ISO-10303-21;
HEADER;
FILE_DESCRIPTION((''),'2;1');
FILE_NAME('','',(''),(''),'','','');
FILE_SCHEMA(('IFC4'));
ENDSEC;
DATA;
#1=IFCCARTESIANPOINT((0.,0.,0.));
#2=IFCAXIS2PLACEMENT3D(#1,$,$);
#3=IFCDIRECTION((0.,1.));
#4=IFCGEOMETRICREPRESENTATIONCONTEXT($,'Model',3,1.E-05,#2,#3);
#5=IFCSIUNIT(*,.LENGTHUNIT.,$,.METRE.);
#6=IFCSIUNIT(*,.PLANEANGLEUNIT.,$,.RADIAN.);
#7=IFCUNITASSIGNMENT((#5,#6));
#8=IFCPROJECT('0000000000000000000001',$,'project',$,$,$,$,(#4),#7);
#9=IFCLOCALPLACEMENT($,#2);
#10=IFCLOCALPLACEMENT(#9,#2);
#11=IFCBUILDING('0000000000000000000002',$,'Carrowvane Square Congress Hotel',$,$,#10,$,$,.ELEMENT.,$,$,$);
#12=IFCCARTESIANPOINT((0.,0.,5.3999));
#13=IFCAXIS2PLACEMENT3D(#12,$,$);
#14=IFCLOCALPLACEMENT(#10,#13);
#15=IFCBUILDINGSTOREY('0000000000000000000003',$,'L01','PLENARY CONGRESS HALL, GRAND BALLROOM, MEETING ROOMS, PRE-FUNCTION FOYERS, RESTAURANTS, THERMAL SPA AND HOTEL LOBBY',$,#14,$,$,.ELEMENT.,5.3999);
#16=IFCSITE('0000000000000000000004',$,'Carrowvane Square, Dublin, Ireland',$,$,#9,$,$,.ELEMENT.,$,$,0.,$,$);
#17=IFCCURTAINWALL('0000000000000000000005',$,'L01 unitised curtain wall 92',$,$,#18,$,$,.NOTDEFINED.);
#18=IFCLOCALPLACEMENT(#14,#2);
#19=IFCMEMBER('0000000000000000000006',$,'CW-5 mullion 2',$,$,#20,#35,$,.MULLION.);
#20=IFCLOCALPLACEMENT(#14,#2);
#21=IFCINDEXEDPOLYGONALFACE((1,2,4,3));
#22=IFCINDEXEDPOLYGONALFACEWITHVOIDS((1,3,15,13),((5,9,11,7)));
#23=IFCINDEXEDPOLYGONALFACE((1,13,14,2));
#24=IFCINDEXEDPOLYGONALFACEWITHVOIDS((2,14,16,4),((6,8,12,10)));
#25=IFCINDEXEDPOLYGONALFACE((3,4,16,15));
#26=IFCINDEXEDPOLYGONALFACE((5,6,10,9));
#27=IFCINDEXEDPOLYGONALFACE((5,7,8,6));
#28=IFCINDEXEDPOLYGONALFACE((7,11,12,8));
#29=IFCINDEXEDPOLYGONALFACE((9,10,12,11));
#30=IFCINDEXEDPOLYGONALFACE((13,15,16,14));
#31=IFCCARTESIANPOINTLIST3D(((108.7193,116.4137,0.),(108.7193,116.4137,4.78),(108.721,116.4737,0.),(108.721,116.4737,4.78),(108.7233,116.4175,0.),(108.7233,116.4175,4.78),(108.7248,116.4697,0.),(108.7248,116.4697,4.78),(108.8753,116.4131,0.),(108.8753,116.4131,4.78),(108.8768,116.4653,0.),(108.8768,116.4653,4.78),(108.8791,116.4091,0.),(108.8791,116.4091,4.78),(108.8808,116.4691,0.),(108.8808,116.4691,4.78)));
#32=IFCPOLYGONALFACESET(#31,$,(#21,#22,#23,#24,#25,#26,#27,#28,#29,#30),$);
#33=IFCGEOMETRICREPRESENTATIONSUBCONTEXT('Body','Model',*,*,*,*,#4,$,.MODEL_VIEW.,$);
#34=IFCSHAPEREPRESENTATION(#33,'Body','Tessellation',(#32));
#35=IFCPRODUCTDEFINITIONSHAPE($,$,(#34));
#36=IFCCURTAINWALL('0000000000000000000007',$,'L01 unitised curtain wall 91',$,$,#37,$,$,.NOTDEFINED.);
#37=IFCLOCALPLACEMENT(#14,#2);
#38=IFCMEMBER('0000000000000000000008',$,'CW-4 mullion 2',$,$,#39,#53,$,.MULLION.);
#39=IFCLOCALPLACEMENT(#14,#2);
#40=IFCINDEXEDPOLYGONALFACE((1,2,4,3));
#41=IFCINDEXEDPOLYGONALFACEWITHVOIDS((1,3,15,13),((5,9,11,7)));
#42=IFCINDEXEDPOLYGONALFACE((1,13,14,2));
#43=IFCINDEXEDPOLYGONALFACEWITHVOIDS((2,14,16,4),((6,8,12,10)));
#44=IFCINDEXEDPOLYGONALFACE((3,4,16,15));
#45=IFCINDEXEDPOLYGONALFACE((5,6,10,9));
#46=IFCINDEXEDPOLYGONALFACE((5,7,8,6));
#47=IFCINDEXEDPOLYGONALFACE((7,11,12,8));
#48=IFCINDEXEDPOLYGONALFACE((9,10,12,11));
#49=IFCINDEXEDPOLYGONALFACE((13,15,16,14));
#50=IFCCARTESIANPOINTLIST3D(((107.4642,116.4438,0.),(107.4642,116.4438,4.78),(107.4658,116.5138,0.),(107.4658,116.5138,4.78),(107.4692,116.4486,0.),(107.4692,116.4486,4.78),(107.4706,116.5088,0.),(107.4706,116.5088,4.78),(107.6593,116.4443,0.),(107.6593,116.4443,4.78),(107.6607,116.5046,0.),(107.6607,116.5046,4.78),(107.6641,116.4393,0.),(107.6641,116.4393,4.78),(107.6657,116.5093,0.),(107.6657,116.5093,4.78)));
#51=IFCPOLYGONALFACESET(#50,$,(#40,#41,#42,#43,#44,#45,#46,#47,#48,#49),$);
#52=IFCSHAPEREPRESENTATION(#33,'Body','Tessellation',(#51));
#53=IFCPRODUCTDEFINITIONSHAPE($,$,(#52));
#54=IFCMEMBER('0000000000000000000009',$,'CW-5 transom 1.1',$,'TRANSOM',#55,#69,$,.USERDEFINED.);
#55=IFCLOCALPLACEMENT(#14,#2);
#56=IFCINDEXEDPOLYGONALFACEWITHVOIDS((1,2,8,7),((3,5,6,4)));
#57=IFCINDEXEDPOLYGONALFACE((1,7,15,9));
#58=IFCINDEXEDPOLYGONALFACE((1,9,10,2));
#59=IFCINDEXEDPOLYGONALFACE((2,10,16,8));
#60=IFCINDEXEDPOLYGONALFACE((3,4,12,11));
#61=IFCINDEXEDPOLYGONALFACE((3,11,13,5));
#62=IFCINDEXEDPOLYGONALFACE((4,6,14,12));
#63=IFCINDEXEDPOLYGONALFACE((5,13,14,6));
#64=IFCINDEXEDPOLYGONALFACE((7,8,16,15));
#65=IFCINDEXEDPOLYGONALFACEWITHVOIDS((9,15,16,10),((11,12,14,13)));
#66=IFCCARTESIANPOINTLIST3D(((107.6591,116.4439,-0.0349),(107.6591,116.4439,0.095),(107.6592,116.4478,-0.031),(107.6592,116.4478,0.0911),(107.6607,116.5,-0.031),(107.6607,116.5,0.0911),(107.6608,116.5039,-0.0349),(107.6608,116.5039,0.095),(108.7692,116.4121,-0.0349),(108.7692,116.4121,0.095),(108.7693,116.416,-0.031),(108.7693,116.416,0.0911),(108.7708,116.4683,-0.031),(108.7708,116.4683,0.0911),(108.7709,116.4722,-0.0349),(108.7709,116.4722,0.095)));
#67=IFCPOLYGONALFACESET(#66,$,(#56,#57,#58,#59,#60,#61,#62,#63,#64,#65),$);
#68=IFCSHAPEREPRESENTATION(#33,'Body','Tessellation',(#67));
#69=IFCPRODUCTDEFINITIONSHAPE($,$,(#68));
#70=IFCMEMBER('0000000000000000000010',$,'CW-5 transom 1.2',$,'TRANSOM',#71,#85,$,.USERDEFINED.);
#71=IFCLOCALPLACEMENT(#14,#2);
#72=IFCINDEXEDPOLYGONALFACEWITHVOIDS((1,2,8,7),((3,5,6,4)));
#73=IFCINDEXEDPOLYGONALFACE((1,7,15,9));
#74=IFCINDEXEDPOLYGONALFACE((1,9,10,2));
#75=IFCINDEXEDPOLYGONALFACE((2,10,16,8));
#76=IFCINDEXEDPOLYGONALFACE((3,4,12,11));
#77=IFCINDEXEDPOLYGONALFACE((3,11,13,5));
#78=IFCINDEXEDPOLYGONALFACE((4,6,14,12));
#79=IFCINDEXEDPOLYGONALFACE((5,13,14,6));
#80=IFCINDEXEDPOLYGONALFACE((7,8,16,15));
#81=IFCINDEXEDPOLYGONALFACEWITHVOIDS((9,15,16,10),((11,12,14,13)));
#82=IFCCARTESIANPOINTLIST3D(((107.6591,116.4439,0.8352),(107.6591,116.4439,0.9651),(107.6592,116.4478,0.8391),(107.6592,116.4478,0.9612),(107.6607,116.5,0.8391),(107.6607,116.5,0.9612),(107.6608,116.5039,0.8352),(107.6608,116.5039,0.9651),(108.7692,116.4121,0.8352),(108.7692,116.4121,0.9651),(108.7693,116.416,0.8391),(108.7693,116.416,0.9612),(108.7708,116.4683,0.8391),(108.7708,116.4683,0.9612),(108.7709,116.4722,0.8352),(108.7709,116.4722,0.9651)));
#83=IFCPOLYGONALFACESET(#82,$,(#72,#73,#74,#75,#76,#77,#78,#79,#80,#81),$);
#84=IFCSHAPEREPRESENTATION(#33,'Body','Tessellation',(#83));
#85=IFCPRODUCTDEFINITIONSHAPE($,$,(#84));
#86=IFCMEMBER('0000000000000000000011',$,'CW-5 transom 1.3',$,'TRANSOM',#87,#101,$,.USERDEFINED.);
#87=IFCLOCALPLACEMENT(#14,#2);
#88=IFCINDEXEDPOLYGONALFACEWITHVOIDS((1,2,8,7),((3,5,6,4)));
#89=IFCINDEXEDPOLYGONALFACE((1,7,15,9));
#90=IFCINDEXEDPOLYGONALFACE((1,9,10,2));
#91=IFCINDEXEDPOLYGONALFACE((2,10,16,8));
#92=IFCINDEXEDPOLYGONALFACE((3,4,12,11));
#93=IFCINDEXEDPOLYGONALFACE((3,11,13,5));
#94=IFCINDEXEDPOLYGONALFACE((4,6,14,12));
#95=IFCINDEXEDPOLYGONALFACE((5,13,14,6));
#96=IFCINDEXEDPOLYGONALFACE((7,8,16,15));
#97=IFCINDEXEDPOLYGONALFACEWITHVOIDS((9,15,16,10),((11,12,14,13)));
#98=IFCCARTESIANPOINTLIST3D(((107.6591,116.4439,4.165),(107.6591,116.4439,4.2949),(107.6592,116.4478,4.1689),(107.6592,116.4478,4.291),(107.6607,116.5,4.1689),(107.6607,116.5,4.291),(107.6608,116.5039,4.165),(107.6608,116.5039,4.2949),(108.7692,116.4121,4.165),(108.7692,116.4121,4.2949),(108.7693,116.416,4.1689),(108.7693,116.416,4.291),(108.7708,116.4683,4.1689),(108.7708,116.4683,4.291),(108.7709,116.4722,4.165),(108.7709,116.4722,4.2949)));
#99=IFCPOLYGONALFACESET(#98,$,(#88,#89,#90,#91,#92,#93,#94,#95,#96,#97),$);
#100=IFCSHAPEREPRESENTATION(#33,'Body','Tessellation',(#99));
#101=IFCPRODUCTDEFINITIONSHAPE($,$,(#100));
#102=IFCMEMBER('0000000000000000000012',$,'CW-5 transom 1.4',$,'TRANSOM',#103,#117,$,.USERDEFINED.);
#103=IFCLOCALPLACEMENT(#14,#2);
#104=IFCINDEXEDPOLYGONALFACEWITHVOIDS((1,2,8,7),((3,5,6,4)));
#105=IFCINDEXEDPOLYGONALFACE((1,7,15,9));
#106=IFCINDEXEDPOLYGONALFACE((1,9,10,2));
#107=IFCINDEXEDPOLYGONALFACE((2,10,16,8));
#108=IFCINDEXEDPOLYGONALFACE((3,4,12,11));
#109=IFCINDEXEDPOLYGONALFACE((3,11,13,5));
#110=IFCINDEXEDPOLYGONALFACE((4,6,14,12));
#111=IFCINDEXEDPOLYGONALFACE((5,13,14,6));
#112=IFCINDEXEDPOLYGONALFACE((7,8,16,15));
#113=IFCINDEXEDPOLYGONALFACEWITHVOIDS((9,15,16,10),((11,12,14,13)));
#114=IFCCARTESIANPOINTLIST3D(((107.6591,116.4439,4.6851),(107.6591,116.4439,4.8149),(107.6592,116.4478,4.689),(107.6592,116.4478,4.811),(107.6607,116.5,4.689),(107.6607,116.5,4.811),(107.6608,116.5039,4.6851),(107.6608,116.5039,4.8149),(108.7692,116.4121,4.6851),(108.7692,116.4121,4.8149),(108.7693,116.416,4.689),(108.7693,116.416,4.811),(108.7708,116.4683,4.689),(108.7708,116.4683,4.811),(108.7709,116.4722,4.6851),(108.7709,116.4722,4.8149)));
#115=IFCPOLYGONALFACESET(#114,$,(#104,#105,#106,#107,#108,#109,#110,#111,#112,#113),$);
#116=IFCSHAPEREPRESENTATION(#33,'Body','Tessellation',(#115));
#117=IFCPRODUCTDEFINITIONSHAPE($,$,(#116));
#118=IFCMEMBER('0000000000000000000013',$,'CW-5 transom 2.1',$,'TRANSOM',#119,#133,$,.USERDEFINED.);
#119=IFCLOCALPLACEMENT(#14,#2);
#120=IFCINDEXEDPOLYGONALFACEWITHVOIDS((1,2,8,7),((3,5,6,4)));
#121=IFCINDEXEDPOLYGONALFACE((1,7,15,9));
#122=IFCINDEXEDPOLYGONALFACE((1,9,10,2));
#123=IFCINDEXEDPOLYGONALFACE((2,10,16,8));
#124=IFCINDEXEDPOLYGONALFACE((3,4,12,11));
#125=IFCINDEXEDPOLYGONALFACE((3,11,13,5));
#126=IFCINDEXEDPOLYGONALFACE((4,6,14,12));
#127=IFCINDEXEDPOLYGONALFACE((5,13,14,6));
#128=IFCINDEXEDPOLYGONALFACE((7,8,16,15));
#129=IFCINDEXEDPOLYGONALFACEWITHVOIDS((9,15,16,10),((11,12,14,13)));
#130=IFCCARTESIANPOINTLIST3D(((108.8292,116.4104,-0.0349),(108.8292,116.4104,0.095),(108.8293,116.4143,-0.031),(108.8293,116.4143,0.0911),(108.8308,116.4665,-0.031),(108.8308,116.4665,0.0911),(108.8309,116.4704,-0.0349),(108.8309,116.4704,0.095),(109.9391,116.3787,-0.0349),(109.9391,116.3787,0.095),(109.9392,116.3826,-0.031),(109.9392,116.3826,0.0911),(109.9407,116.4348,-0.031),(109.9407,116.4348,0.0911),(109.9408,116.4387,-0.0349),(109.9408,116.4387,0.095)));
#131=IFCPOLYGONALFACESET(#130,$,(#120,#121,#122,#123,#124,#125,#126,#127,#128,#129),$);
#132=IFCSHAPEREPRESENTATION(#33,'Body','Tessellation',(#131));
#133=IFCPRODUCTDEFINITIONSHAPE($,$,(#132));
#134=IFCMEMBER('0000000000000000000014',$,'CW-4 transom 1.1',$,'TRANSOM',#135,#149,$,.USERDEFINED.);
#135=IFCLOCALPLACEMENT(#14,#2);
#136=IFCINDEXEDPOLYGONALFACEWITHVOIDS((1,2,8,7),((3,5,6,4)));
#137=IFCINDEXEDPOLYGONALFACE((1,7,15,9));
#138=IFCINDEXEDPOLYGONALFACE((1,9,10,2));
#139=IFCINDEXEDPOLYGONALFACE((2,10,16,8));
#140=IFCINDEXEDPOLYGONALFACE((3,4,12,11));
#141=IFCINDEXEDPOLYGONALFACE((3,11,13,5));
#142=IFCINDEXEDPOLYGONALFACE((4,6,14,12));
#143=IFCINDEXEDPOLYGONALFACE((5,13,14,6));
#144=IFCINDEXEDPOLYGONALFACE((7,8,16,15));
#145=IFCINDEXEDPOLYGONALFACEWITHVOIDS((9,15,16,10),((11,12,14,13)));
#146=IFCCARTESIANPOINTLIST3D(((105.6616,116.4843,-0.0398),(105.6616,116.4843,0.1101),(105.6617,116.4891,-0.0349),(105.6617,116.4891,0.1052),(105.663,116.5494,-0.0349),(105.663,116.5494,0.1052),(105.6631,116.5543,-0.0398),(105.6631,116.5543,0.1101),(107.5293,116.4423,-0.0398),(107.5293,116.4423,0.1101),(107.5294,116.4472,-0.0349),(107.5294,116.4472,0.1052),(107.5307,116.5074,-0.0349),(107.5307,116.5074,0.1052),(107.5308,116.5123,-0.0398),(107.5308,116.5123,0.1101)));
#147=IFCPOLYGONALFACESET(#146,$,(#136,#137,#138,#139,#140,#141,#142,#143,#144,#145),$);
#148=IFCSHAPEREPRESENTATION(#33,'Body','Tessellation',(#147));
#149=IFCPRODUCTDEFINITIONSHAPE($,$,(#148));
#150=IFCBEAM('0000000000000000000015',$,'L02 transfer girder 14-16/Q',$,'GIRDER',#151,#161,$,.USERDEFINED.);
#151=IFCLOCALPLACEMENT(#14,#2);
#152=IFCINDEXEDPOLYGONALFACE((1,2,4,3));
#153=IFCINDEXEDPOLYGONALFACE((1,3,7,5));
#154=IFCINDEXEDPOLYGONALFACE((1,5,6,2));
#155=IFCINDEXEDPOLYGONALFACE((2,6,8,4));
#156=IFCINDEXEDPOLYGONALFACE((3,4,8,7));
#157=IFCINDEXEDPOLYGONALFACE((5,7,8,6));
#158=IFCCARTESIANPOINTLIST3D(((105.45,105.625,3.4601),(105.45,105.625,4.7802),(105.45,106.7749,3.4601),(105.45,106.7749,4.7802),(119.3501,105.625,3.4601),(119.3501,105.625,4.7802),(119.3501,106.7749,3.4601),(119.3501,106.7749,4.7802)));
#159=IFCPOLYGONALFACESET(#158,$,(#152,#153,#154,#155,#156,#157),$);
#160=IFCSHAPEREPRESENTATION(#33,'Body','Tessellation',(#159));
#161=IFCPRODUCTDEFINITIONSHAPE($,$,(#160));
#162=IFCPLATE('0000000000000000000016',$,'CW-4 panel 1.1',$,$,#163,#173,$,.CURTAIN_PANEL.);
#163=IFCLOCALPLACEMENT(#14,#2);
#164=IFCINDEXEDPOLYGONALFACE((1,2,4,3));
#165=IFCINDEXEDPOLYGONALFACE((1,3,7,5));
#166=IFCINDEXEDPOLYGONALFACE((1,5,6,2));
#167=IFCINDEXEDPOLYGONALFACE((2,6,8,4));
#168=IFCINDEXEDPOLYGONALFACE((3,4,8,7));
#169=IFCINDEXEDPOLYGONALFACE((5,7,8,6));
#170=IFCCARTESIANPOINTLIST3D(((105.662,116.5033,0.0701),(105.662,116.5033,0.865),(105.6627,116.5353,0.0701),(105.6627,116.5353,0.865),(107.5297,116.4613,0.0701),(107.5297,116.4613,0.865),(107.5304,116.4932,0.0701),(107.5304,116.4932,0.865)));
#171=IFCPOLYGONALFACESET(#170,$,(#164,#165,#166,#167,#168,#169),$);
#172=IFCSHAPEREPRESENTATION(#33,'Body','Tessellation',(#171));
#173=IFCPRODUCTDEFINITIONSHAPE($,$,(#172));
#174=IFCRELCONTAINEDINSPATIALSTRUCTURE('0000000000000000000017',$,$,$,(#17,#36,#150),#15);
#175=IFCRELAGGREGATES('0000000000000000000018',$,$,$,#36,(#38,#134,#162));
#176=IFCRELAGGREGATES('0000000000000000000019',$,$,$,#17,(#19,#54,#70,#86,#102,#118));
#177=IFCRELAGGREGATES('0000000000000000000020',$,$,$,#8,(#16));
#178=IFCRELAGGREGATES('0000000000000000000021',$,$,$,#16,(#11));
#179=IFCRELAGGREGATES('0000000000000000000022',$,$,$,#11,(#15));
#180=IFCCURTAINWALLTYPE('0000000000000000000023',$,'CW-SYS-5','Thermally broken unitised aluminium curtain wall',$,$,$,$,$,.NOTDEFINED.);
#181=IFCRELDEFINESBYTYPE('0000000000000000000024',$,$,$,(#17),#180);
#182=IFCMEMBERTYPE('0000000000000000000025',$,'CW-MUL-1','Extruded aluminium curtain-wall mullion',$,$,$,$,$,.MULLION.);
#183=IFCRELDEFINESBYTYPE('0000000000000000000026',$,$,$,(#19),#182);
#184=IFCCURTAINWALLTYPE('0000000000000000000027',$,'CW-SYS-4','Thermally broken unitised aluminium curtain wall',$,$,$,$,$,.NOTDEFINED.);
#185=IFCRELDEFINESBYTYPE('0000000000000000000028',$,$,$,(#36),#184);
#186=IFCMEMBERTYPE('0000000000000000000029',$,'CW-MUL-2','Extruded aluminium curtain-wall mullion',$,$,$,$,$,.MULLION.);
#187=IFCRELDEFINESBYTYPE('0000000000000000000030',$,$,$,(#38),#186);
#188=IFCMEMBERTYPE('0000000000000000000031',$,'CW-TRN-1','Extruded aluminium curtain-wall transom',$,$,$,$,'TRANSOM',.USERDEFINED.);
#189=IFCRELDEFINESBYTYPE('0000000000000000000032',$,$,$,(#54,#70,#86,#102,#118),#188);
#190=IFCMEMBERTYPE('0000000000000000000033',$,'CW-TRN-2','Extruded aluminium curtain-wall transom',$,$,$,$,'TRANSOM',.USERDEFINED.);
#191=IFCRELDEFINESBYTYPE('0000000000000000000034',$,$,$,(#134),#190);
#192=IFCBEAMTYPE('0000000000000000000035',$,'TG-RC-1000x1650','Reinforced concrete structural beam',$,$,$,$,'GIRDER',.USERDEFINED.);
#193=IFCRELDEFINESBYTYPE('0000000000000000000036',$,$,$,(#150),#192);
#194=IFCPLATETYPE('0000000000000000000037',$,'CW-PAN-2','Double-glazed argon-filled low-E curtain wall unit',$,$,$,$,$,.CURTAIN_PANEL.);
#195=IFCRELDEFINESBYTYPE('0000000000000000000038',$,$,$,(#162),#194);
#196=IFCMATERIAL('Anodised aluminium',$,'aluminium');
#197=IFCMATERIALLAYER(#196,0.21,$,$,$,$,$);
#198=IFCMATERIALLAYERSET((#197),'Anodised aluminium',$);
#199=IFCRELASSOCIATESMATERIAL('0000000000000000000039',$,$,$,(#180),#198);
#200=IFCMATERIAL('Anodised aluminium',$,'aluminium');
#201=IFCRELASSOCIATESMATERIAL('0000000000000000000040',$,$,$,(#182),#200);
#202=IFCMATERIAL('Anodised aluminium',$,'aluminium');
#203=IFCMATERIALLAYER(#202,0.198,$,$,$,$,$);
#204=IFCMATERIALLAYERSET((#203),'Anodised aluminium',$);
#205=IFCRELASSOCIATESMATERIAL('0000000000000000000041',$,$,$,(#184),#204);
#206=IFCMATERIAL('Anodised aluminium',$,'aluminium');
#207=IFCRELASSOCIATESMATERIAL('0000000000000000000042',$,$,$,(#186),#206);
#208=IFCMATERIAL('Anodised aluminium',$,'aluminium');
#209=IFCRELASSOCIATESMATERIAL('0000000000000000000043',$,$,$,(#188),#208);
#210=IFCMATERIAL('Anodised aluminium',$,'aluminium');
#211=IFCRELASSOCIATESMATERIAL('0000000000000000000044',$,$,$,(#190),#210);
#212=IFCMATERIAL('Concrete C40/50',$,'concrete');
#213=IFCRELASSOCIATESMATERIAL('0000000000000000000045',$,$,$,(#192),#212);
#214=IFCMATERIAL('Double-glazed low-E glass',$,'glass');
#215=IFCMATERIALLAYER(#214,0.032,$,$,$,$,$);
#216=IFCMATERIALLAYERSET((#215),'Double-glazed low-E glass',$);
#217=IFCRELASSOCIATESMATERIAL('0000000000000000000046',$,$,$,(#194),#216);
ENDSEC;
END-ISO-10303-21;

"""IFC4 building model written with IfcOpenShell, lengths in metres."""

from ifc_helpers import new_model, si_unit, direction, frame, origin, origin_2d, place, context, subcontext, project, spatial, rectangle, hollow_rectangle, extrude, material, layer, layer_set, material_profile, profile_set, type_object, element, aggregate, save


model = new_model("IFC4")

# Units and contexts
model_context = context("Model", 3, precision=1e-05, world=origin(), true_north=direction((0.0, 1.0)))
body_context = subcontext(model_context, "Body", "Model", "MODEL_VIEW")
ifc_project = project(units=[si_unit("LENGTHUNIT", "METRE"), si_unit("PLANEANGLEUNIT", "RADIAN")], contexts=[model_context])

# Site, building, storey
site_placement = place(None, origin())
site = spatial("IfcSite", under=ifc_project, at=site_placement, Name="Carrowvane Square, Dublin, Ireland", CompositionType="ELEMENT", RefElevation=0.0)
building_placement = place(site_placement, origin())
building = spatial("IfcBuilding", under=site, at=building_placement, Name="Carrowvane Square Congress Hotel", CompositionType="ELEMENT")
storey_placement = place(building_placement, frame((0.0, 0.0, 5.3999)))
storey = spatial("IfcBuildingStorey", under=building, at=storey_placement, Name="L01", Description="PLENARY CONGRESS HALL, GRAND BALLROOM, MEETING ROOMS, PRE-FUNCTION FOYERS, RESTAURANTS, THERMAL SPA AND HOTEL LOBBY", CompositionType="ELEMENT", Elevation=5.3999)

# Curtain wall, member
ifc_material_1 = material(Name="Anodised aluminium", Category="aluminium")
ifc_layer_1 = layer(ifc_material_1, 0.21)
ifc_layer_set_1 = layer_set([ifc_layer_1], Name="Anodised aluminium")
curtain_wall_type_1 = type_object("IfcCurtainWallType", Name="CW-SYS-5", Description="Thermally broken unitised aluminium curtain wall", PredefinedType="NOTDEFINED", material=ifc_layer_set_1)
curtain_wall_1_placement = place(storey_placement, origin())
curtain_wall_1 = element("IfcCurtainWall", 1, at=curtain_wall_1_placement, inside=storey, type_object=curtain_wall_type_1, Name="L01 unitised curtain wall 92", PredefinedType="NOTDEFINED")
ifc_material_2 = material(Name="Anodised aluminium", Category="aluminium")
ifc_material_profile_1 = material_profile(ifc_material_2, hollow_rectangle(XDim=0.0601, YDim=0.1599, WallThickness=0.0039, at=origin_2d()), Name="CW-ML 60x160x4")
ifc_profile_set_1 = profile_set([ifc_material_profile_1], Name="Anodised aluminium")
member_type_1 = type_object("IfcMemberType", Name="CW-MUL-1", Description="Extruded aluminium curtain-wall mullion", PredefinedType="MULLION", material=ifc_profile_set_1)
member_1_placement = place(storey_placement, frame((108.8, 116.4414, 0.0), z_axis=(0.0, 0.0, 1.0), x_axis=(0.028638, 0.99959, 0.0)))
member_1 = element("IfcMember", 2, at=member_1_placement, type_object=member_type_1, Name="CW-5 mullion 2", PredefinedType="MULLION", context=body_context, shape_type="SweptSolid", body=[
    extrude(hollow_rectangle(XDim=0.0601, YDim=0.1599, WallThickness=0.0039, at=origin_2d()), origin(), (0.0, 0.0, 1.0), 4.78),
])

# Curtain wall, member
ifc_material_3 = material(Name="Anodised aluminium", Category="aluminium")
ifc_layer_2 = layer(ifc_material_3, 0.198)
ifc_layer_set_2 = layer_set([ifc_layer_2], Name="Anodised aluminium")
curtain_wall_type_2 = type_object("IfcCurtainWallType", Name="CW-SYS-4", Description="Thermally broken unitised aluminium curtain wall", PredefinedType="NOTDEFINED", material=ifc_layer_set_2)
curtain_wall_2_placement = place(storey_placement, origin())
curtain_wall_2 = element("IfcCurtainWall", 3, at=curtain_wall_2_placement, inside=storey, type_object=curtain_wall_type_2, Name="L01 unitised curtain wall 91", PredefinedType="NOTDEFINED")
ifc_material_4 = material(Name="Anodised aluminium", Category="aluminium")
ifc_material_profile_2 = material_profile(ifc_material_4, hollow_rectangle(XDim=0.0701, YDim=0.2, WallThickness=0.0049, at=origin_2d()), Name="CW-ML 70x200x5")
ifc_profile_set_2 = profile_set([ifc_material_profile_2], Name="Anodised aluminium")
member_type_2 = type_object("IfcMemberType", Name="CW-MUL-2", Description="Extruded aluminium curtain-wall mullion", PredefinedType="MULLION", material=ifc_profile_set_2)
member_2_placement = place(storey_placement, frame((107.5649, 116.4766, 0.0), z_axis=(0.0, 0.0, 1.0), x_axis=(0.022518, 0.999746, 0.0)))
member_2 = element("IfcMember", 4, at=member_2_placement, type_object=member_type_2, Name="CW-4 mullion 2", PredefinedType="MULLION", context=body_context, shape_type="SweptSolid", body=[
    extrude(hollow_rectangle(XDim=0.0701, YDim=0.2, WallThickness=0.0049, at=origin_2d()), origin(), (0.0, 0.0, 1.0), 4.78),
])

# Members
ifc_material_5 = material(Name="Anodised aluminium", Category="aluminium")
ifc_material_profile_3 = material_profile(ifc_material_5, hollow_rectangle(XDim=0.0601, YDim=0.1299, WallThickness=0.0039, at=origin_2d()), Name="CW-TR 60x130x4")
ifc_profile_set_3 = profile_set([ifc_material_profile_3], Name="Anodised aluminium")
member_type_3 = type_object("IfcMemberType", Name="CW-TRN-1", Description="Extruded aluminium curtain-wall transom", ElementType="TRANSOM", PredefinedType="USERDEFINED", material=ifc_profile_set_3)
member_3_placement = place(storey_placement, frame((107.6599, 116.4739, 0.03), z_axis=(0.999592, -0.028579, 0.0), x_axis=(0.028579, 0.999592, 0.0)))
member_3 = element("IfcMember", 5, at=member_3_placement, type_object=member_type_3, Name="CW-5 transom 1.1", ObjectType="TRANSOM", PredefinedType="USERDEFINED", context=body_context, shape_type="SweptSolid", body=[
    extrude(hollow_rectangle(XDim=0.0601, YDim=0.1299, WallThickness=0.0039, at=origin_2d()), origin(), (0.0, 0.0, 1.0), 1.1106),
])
member_4_placement = place(storey_placement, frame((107.6599, 116.4739, 0.9001), z_axis=(0.999592, -0.028579, 0.0), x_axis=(0.028579, 0.999592, 0.0)))
member_4 = element("IfcMember", 6, at=member_4_placement, type_object=member_type_3, Name="CW-5 transom 1.2", ObjectType="TRANSOM", PredefinedType="USERDEFINED", context=body_context, shape_type="SweptSolid", body=[
    extrude(hollow_rectangle(XDim=0.0601, YDim=0.1299, WallThickness=0.0039, at=origin_2d()), origin(), (0.0, 0.0, 1.0), 1.1106),
])
member_5_placement = place(storey_placement, frame((107.6599, 116.4739, 4.23), z_axis=(0.999592, -0.028579, 0.0), x_axis=(0.028579, 0.999592, 0.0)))
member_5 = element("IfcMember", 7, at=member_5_placement, type_object=member_type_3, Name="CW-5 transom 1.3", ObjectType="TRANSOM", PredefinedType="USERDEFINED", context=body_context, shape_type="SweptSolid", body=[
    extrude(hollow_rectangle(XDim=0.0601, YDim=0.1299, WallThickness=0.0039, at=origin_2d()), origin(), (0.0, 0.0, 1.0), 1.1106),
])
member_6_placement = place(storey_placement, frame((107.6599, 116.4739, 4.75), z_axis=(0.999592, -0.028579, 0.0), x_axis=(0.028579, 0.999592, 0.0)))
member_6 = element("IfcMember", 8, at=member_6_placement, type_object=member_type_3, Name="CW-5 transom 1.4", ObjectType="TRANSOM", PredefinedType="USERDEFINED", context=body_context, shape_type="SweptSolid", body=[
    extrude(hollow_rectangle(XDim=0.0601, YDim=0.1299, WallThickness=0.0039, at=origin_2d()), origin(), (0.0, 0.0, 1.0), 1.1106),
])
member_7_placement = place(storey_placement, frame((108.8301, 116.4404, 0.03), z_axis=(0.999591, -0.028585, 0.0), x_axis=(0.028585, 0.999591, 0.0)))
member_7 = element("IfcMember", 9, at=member_7_placement, type_object=member_type_3, Name="CW-5 transom 2.1", ObjectType="TRANSOM", PredefinedType="USERDEFINED", context=body_context, shape_type="SweptSolid", body=[
    extrude(hollow_rectangle(XDim=0.0601, YDim=0.1299, WallThickness=0.0039, at=origin_2d()), origin(), (0.0, 0.0, 1.0), 1.1104),
])
ifc_material_6 = material(Name="Anodised aluminium", Category="aluminium")
ifc_material_profile_4 = material_profile(ifc_material_6, hollow_rectangle(XDim=0.0701, YDim=0.1499, WallThickness=0.0049, at=origin_2d()), Name="CW-TR 70x150x5")
ifc_profile_set_4 = profile_set([ifc_material_profile_4], Name="Anodised aluminium")
member_type_4 = type_object("IfcMemberType", Name="CW-TRN-2", Description="Extruded aluminium curtain-wall transom", ElementType="TRANSOM", PredefinedType="USERDEFINED", material=ifc_profile_set_4)
member_8_placement = place(storey_placement, frame((105.6624, 116.5193, 0.0352), z_axis=(0.999747, -0.022478, 0.0), x_axis=(0.022478, 0.999747, 0.0)))
member_8 = element("IfcMember", 10, at=member_8_placement, type_object=member_type_4, Name="CW-4 transom 1.1", ObjectType="TRANSOM", PredefinedType="USERDEFINED", context=body_context, shape_type="SweptSolid", body=[
    extrude(hollow_rectangle(XDim=0.0701, YDim=0.1499, WallThickness=0.0049, at=origin_2d()), origin(), (0.0, 0.0, 1.0), 1.8682),
])

# Beam
ifc_material_7 = material(Name="Concrete C40/50", Category="concrete")
ifc_material_profile_5 = material_profile(ifc_material_7, rectangle(XDim=1.1499, YDim=1.3201, at=origin_2d()), Name="RC 1150x1320")
ifc_profile_set_5 = profile_set([ifc_material_profile_5], Name="Concrete C40/50")
beam_type_1 = type_object("IfcBeamType", Name="TG-RC-1000x1650", Description="Reinforced concrete structural beam", ElementType="GIRDER", PredefinedType="USERDEFINED", material=ifc_profile_set_5)
beam_1_placement = place(storey_placement, frame((105.45, 106.2, 4.1201), z_axis=(1.0, 0.0, 0.0), x_axis=(0.0, 1.0, 0.0)))
element("IfcBeam", 11, at=beam_1_placement, inside=storey, type_object=beam_type_1, Name="L02 transfer girder 14-16/Q", ObjectType="GIRDER", PredefinedType="USERDEFINED", context=body_context, shape_type="SweptSolid", body=[
    extrude(rectangle(XDim=1.1499, YDim=1.3201, at=origin_2d()), origin(), (0.0, 0.0, 1.0), 13.9001),
])

# Plate
ifc_material_8 = material(Name="Double-glazed low-E glass", Category="glass")
ifc_layer_3 = layer(ifc_material_8, 0.032)
ifc_layer_set_3 = layer_set([ifc_layer_3], Name="Double-glazed low-E glass")
plate_type_1 = type_object("IfcPlateType", Name="CW-PAN-2", Description="Double-glazed argon-filled low-E curtain wall unit", PredefinedType="CURTAIN_PANEL", material=ifc_layer_set_3)
plate_1_placement = place(storey_placement, frame((106.5962, 116.4983, 0.0701), z_axis=(0.0, 0.0, 1.0), x_axis=(0.999746, -0.022518, 0.0)))
plate_1 = element("IfcPlate", 12, at=plate_1_placement, type_object=plate_type_1, Name="CW-4 panel 1.1", PredefinedType="CURTAIN_PANEL", context=body_context, shape_type="SweptSolid", body=[
    extrude(rectangle(XDim=1.8682, YDim=0.032, at=origin_2d()), origin(), (0.0, 0.0, 1.0), 0.7949),
])
aggregate(curtain_wall_2, [member_2, member_8, plate_1])
aggregate(curtain_wall_1, [member_1, member_3, member_4, member_5, member_6, member_7])

save(model, "model.ifc")
